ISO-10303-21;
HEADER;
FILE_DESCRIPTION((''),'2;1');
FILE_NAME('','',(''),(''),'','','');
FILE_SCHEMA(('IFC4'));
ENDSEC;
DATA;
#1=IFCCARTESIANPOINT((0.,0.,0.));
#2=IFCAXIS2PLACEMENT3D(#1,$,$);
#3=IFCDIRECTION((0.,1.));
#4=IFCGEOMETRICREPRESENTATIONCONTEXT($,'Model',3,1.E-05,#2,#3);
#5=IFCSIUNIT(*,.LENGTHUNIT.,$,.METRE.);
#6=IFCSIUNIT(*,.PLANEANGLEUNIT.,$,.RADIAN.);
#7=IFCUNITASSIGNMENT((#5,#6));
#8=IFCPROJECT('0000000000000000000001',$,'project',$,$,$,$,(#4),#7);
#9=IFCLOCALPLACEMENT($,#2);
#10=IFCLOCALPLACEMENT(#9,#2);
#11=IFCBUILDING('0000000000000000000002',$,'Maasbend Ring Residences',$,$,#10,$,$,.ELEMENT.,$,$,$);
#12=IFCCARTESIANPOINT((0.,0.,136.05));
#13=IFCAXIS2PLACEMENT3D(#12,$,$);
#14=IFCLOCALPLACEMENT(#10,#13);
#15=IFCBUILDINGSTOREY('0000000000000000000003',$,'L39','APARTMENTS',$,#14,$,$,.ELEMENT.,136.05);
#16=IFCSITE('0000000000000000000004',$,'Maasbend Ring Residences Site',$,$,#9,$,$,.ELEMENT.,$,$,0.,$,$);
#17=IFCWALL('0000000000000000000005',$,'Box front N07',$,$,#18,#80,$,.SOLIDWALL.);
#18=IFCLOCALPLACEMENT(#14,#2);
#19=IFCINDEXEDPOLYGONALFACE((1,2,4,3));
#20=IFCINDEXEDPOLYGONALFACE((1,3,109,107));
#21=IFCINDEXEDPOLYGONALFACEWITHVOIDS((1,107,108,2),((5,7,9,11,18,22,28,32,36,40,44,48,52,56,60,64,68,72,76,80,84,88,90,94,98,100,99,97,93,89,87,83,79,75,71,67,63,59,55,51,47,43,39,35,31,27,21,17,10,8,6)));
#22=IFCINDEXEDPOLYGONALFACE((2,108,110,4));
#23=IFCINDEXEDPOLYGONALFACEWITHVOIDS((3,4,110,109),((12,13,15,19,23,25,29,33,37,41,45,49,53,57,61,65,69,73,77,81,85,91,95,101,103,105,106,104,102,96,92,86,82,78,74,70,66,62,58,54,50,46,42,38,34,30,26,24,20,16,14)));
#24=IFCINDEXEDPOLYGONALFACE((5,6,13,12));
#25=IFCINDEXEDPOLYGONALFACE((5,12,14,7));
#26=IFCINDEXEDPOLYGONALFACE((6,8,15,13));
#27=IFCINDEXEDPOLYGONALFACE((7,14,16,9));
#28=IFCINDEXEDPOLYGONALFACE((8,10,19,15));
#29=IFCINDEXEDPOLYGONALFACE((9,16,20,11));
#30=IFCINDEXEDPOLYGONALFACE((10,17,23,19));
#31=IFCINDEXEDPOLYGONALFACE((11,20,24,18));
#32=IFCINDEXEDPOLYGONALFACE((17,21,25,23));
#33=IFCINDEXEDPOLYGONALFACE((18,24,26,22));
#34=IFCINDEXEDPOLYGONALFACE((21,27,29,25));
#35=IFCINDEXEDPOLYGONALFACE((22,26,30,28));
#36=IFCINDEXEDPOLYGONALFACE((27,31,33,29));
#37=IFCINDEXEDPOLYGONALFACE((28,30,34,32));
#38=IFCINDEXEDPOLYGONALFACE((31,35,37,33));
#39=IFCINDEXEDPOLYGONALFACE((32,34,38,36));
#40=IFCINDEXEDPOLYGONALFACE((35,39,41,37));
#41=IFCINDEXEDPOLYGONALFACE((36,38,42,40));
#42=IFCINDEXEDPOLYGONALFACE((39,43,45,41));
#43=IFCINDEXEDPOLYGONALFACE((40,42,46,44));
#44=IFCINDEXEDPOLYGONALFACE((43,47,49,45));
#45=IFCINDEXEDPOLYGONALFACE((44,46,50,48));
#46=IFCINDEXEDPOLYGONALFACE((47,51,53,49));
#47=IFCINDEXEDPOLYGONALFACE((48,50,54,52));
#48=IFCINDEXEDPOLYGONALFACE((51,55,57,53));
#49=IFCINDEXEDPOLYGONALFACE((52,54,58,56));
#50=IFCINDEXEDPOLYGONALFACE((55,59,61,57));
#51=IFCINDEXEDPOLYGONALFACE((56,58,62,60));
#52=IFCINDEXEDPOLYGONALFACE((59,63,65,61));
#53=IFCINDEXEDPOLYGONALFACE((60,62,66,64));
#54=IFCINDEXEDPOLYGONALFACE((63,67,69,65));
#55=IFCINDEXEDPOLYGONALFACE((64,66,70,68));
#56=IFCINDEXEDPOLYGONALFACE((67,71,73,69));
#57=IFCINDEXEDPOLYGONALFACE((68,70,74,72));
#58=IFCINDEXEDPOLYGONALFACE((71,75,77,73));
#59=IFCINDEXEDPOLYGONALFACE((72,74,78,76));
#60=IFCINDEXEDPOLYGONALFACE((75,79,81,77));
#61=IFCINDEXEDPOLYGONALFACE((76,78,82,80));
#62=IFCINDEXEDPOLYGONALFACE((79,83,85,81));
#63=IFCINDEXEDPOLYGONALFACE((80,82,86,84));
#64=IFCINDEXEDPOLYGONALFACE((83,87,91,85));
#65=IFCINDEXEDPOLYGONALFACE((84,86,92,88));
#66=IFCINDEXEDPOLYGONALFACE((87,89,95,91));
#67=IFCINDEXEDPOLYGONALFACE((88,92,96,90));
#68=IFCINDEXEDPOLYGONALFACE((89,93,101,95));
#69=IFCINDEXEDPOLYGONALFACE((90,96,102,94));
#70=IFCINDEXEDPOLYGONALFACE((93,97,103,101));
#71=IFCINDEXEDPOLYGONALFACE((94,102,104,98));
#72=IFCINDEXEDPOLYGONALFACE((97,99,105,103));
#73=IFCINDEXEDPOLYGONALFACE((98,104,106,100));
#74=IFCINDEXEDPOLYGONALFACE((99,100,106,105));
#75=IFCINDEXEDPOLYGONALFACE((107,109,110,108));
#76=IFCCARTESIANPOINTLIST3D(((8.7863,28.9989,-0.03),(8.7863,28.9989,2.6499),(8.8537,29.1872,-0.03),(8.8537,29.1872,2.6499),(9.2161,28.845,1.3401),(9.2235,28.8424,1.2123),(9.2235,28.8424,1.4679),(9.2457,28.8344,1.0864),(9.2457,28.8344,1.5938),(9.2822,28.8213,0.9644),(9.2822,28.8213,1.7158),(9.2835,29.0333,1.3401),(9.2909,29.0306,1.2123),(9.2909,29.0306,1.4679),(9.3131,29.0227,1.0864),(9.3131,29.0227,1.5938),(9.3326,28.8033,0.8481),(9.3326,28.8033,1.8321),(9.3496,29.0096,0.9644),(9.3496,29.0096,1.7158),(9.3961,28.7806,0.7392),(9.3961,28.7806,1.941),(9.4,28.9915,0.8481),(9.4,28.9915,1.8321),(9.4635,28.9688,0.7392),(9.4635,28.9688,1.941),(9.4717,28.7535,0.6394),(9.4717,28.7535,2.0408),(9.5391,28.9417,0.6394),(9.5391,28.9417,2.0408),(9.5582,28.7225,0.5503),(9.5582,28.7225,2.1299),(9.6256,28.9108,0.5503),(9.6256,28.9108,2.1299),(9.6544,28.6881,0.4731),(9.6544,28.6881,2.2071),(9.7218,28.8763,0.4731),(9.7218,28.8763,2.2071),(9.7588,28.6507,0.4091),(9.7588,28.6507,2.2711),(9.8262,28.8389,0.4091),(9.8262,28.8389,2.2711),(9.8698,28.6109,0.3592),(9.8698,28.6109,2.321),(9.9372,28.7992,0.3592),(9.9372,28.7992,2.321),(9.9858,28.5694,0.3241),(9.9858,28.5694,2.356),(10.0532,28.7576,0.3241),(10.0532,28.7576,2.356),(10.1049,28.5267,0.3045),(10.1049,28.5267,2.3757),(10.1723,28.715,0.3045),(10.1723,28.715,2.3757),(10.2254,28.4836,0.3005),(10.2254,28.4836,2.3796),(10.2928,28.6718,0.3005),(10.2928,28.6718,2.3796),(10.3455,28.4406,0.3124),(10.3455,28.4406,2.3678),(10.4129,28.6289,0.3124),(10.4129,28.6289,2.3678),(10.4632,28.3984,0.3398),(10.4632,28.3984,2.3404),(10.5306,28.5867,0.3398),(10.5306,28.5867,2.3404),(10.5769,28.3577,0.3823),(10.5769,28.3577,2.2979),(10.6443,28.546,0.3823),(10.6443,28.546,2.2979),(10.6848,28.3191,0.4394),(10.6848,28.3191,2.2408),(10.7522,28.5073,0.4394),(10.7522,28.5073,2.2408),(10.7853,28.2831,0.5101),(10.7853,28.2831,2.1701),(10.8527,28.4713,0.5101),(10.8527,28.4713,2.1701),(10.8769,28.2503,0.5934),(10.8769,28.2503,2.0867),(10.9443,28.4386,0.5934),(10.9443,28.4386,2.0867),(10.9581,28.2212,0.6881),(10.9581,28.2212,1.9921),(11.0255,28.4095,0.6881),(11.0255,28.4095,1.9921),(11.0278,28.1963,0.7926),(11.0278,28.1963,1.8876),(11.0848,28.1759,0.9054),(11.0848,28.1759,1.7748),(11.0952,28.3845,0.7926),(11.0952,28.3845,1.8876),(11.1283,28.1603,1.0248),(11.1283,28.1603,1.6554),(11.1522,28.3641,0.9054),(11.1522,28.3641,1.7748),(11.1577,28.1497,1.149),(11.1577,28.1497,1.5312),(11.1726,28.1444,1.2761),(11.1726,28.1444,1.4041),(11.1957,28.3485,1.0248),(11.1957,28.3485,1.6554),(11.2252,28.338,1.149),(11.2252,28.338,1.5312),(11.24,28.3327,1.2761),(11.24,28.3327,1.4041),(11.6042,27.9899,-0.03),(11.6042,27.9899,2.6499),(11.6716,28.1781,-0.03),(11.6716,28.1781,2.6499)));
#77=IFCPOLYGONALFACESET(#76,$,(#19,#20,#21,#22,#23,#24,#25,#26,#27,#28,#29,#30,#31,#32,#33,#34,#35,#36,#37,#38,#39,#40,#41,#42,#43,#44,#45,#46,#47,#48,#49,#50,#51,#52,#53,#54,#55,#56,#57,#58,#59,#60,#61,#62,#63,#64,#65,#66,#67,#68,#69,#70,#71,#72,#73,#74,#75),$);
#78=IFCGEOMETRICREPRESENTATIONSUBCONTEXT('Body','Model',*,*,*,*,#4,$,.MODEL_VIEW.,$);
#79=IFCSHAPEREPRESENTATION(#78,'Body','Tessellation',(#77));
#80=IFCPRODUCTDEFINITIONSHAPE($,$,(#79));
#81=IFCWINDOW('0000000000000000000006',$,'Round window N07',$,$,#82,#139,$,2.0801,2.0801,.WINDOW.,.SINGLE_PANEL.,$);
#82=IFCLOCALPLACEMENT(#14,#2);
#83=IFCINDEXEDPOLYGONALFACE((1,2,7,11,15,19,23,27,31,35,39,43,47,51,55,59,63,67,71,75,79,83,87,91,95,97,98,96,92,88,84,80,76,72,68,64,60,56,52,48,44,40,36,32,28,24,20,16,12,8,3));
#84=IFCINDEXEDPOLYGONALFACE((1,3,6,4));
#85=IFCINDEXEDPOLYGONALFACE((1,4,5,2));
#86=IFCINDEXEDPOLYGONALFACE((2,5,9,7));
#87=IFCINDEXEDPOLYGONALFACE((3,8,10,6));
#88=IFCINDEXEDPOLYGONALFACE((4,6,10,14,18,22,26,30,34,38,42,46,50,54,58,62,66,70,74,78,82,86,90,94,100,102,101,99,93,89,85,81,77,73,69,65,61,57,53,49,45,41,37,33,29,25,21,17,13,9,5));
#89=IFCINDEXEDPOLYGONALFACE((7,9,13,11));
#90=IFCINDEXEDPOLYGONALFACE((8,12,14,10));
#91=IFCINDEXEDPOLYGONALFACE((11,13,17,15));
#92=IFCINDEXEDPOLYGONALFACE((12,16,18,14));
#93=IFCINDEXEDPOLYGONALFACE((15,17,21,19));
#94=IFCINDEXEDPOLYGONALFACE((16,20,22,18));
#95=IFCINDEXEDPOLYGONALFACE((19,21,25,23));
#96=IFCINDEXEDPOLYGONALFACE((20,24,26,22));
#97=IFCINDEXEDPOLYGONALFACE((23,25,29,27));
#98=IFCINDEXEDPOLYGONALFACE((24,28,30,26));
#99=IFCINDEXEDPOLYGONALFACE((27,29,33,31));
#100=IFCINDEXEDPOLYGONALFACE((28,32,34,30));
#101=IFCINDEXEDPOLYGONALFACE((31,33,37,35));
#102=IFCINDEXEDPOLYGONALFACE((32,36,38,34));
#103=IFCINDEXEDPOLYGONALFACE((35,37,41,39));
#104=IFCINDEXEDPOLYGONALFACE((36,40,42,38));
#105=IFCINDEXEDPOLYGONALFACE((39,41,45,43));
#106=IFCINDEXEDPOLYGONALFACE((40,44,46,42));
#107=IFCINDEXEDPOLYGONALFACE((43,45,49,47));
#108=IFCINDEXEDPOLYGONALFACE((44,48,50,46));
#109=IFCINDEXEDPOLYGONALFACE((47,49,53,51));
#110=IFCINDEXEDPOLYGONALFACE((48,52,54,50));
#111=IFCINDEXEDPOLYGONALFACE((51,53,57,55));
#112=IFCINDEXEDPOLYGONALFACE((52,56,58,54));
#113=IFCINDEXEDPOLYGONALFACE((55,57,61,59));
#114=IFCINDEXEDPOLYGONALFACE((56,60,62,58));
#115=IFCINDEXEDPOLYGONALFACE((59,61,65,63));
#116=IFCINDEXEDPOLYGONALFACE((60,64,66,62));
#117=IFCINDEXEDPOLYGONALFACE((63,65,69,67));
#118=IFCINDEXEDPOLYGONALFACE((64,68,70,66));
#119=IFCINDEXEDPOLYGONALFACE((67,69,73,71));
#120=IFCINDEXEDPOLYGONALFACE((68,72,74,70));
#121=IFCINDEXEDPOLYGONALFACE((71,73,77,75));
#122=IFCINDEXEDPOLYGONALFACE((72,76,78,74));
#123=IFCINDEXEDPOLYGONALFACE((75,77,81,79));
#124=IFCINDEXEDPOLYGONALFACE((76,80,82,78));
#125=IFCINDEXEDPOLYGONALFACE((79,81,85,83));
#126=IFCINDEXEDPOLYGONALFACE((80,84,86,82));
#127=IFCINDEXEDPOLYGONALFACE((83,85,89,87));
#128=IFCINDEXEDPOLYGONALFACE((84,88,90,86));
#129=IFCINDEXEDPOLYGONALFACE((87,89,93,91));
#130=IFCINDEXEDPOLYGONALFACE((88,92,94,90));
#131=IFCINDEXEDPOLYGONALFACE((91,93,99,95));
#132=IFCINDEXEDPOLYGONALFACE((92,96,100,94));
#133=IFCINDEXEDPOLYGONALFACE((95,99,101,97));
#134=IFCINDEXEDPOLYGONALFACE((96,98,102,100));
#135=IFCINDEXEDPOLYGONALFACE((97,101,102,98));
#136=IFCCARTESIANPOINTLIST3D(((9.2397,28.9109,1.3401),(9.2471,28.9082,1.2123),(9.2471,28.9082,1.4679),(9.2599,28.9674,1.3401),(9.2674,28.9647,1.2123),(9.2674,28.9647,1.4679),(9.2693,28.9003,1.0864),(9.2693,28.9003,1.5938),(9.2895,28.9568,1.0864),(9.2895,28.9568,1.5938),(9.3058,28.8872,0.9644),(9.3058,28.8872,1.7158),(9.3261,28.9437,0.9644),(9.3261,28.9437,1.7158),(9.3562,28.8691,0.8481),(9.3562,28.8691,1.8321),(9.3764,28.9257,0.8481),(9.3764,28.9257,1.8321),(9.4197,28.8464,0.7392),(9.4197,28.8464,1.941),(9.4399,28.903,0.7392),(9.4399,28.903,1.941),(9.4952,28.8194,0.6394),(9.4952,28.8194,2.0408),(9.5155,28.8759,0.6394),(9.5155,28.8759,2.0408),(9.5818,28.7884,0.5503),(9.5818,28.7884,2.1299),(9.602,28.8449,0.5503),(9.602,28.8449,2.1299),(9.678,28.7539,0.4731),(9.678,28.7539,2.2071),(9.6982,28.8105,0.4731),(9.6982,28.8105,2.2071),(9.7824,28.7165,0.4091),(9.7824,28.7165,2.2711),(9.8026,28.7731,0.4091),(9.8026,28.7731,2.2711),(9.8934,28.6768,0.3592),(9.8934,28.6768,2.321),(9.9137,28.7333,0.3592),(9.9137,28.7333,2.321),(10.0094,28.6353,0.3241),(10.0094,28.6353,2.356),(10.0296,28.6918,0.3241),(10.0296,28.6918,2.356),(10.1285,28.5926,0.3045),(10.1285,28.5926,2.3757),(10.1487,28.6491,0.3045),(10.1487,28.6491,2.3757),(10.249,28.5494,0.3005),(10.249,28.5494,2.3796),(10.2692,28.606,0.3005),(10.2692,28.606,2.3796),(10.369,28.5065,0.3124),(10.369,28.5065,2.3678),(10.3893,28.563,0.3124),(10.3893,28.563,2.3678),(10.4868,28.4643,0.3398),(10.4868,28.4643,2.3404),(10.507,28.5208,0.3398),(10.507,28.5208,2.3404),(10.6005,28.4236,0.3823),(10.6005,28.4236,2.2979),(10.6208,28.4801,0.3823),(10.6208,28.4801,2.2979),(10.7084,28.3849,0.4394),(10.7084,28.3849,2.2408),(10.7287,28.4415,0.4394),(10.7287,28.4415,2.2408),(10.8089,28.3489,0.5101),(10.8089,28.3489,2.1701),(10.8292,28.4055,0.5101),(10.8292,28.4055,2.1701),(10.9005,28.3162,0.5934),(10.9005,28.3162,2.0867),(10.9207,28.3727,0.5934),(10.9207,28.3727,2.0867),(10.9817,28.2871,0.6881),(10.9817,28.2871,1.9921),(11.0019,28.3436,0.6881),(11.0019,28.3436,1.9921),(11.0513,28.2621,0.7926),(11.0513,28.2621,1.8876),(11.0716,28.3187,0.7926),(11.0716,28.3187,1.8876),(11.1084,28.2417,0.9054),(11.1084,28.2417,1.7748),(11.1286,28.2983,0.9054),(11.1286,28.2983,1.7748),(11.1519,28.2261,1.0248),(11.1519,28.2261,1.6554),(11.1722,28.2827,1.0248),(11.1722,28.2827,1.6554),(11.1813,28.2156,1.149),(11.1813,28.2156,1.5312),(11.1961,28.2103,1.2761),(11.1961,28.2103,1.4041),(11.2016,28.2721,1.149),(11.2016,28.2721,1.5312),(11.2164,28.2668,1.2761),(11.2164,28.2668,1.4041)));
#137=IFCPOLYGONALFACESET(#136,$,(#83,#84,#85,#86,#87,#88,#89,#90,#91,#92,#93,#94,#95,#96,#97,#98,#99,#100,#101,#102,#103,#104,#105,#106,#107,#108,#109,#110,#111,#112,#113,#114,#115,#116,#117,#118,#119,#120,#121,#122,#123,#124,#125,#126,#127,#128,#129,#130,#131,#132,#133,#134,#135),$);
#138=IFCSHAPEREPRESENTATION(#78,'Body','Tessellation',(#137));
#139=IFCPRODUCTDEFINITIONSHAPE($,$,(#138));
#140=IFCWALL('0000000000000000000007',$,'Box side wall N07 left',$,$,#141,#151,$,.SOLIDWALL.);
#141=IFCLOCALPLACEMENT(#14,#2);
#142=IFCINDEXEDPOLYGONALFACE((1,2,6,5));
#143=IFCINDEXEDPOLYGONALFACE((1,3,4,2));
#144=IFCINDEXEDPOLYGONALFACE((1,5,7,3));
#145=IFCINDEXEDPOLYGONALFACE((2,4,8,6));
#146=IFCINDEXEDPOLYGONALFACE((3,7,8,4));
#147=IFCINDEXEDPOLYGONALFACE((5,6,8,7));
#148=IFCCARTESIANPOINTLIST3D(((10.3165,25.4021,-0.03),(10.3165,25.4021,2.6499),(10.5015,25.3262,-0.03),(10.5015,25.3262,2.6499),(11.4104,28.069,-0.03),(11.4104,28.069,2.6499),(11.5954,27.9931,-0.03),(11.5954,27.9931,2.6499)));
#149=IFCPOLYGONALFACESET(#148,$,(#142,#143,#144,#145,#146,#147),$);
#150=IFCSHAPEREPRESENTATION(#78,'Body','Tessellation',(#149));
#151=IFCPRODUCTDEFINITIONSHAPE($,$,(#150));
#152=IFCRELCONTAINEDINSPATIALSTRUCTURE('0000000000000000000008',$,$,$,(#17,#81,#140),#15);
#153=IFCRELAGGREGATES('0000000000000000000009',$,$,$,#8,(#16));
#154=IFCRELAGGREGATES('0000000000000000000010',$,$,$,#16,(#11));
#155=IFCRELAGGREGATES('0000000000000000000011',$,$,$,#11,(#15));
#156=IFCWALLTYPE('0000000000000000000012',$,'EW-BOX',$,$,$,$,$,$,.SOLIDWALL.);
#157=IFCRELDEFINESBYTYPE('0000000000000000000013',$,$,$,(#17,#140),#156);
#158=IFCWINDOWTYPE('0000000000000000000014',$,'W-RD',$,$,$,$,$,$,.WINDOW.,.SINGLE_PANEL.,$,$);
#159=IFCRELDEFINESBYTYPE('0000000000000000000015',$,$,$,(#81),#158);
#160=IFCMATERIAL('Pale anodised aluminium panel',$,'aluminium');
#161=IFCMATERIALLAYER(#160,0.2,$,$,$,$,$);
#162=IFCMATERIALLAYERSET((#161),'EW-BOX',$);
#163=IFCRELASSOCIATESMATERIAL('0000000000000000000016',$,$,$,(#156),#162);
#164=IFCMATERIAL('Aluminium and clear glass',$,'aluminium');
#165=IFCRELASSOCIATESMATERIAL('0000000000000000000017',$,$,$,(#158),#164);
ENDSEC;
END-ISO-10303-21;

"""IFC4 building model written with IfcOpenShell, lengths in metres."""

from ifc_helpers import new_model, si_unit, direction, frame, frame_2d, origin, place, context, subcontext, project, spatial, rectangle, circle, extrude, material, layer, layer_set, type_object, element, fill, save


model = new_model("IFC4")

# Units and contexts
model_context = context("Model", 3, precision=1e-05, world=origin(), true_north=direction((0.0, 1.0)))
body_context = subcontext(model_context, "Body", "Model", "MODEL_VIEW")
ifc_project = project(units=[si_unit("LENGTHUNIT", "METRE"), si_unit("PLANEANGLEUNIT", "RADIAN")], contexts=[model_context])

# Site, building, storey
site_placement = place(None, origin())
site = spatial("IfcSite", under=ifc_project, at=site_placement, Name="Maasbend Ring Residences Site", CompositionType="ELEMENT", RefElevation=0.0)
building_placement = place(site_placement, origin())
building = spatial("IfcBuilding", under=site, at=building_placement, Name="Maasbend Ring Residences", CompositionType="ELEMENT")
storey_placement = place(building_placement, frame((0.0, 0.0, 136.05)))
storey = spatial("IfcBuildingStorey", under=building, at=storey_placement, Name="L39", Description="APARTMENTS", CompositionType="ELEMENT", Elevation=136.05)

# Shared definitions
ifc_material_1 = material(Name="Pale anodised aluminium panel", Category="aluminium")
ifc_layer_1 = layer(ifc_material_1, 0.2)
ifc_layer_set_1 = layer_set([ifc_layer_1], Name="EW-BOX")
wall_type_1 = type_object("IfcWallType", Name="EW-BOX", PredefinedType="SOLIDWALL", material=ifc_layer_set_1)
ifc_material_2 = material(Name="Aluminium and clear glass", Category="aluminium")
window_type_1 = type_object("IfcWindowType", Name="W-RD", PartitioningType="SINGLE_PANEL", PredefinedType="WINDOW", material=ifc_material_2)

# Wall, opening, window
wall_1_placement = place(storey_placement, frame((11.6379, 28.084, -0.03), z_axis=(0.0, 0.0, 1.0), x_axis=(-0.941461, 0.337122, 0.0)))
wall_1 = element("IfcWall", 1, at=wall_1_placement, inside=storey, type_object=wall_type_1, Name="Box front N07", PredefinedType="SOLIDWALL", context=body_context, shape_type="SweptSolid", body=[
    extrude(rectangle(XDim=2.9932, YDim=0.2, at=frame_2d((1.4966, 0.0))), origin(), (0.0, 0.0, 1.0), 2.6799),
])
opening_1_placement = place(wall_1_placement, frame((0.4565, 0.0, 0.3301)))
opening_1 = element("IfcOpeningElement", 2, at=opening_1_placement, cuts=wall_1, PredefinedType="OPENING", context=body_context, shape_type="SweptSolid", body=[
    extrude(circle(Radius=1.04, at=frame_2d((1.04, 1.04))), frame((0.0, 0.1099, 0.0), z_axis=(0.0, -1.0, 0.0), x_axis=(1.0, 0.0, 0.0)), (0.0, 0.0, 1.0), 0.22),
])
window_1_placement = place(opening_1_placement, origin())
window_1 = element("IfcWindow", 3, at=window_1_placement, inside=storey, type_object=window_type_1, Name="Round window N07", OverallHeight=2.0801, OverallWidth=2.0801, PartitioningType="SINGLE_PANEL", PredefinedType="WINDOW", context=body_context, shape_type="SweptSolid", body=[
    extrude(circle(Radius=1.04, at=frame_2d((1.04, 1.04))), frame((0.0, 0.03, 0.0), z_axis=(0.0, -1.0, 0.0), x_axis=(1.0, 0.0, 0.0)), (0.0, 0.0, 1.0), 0.0601),
])
fill(opening_1, window_1)

# Wall
wall_2_placement = place(storey_placement, frame((10.4089, 25.364, -0.03), z_axis=(0.0, 0.0, 1.0), x_axis=(0.37951, 0.925188, 0.0)))
element("IfcWall", 4, at=wall_2_placement, inside=storey, type_object=wall_type_1, Name="Box side wall N07 left", PredefinedType="SOLIDWALL", context=body_context, shape_type="SweptSolid", body=[
    extrude(rectangle(XDim=2.8826, YDim=0.2, at=frame_2d((1.4414, 0.0))), origin(), (0.0, 0.0, 1.0), 2.6799),
])

save(model, "model.ifc")
